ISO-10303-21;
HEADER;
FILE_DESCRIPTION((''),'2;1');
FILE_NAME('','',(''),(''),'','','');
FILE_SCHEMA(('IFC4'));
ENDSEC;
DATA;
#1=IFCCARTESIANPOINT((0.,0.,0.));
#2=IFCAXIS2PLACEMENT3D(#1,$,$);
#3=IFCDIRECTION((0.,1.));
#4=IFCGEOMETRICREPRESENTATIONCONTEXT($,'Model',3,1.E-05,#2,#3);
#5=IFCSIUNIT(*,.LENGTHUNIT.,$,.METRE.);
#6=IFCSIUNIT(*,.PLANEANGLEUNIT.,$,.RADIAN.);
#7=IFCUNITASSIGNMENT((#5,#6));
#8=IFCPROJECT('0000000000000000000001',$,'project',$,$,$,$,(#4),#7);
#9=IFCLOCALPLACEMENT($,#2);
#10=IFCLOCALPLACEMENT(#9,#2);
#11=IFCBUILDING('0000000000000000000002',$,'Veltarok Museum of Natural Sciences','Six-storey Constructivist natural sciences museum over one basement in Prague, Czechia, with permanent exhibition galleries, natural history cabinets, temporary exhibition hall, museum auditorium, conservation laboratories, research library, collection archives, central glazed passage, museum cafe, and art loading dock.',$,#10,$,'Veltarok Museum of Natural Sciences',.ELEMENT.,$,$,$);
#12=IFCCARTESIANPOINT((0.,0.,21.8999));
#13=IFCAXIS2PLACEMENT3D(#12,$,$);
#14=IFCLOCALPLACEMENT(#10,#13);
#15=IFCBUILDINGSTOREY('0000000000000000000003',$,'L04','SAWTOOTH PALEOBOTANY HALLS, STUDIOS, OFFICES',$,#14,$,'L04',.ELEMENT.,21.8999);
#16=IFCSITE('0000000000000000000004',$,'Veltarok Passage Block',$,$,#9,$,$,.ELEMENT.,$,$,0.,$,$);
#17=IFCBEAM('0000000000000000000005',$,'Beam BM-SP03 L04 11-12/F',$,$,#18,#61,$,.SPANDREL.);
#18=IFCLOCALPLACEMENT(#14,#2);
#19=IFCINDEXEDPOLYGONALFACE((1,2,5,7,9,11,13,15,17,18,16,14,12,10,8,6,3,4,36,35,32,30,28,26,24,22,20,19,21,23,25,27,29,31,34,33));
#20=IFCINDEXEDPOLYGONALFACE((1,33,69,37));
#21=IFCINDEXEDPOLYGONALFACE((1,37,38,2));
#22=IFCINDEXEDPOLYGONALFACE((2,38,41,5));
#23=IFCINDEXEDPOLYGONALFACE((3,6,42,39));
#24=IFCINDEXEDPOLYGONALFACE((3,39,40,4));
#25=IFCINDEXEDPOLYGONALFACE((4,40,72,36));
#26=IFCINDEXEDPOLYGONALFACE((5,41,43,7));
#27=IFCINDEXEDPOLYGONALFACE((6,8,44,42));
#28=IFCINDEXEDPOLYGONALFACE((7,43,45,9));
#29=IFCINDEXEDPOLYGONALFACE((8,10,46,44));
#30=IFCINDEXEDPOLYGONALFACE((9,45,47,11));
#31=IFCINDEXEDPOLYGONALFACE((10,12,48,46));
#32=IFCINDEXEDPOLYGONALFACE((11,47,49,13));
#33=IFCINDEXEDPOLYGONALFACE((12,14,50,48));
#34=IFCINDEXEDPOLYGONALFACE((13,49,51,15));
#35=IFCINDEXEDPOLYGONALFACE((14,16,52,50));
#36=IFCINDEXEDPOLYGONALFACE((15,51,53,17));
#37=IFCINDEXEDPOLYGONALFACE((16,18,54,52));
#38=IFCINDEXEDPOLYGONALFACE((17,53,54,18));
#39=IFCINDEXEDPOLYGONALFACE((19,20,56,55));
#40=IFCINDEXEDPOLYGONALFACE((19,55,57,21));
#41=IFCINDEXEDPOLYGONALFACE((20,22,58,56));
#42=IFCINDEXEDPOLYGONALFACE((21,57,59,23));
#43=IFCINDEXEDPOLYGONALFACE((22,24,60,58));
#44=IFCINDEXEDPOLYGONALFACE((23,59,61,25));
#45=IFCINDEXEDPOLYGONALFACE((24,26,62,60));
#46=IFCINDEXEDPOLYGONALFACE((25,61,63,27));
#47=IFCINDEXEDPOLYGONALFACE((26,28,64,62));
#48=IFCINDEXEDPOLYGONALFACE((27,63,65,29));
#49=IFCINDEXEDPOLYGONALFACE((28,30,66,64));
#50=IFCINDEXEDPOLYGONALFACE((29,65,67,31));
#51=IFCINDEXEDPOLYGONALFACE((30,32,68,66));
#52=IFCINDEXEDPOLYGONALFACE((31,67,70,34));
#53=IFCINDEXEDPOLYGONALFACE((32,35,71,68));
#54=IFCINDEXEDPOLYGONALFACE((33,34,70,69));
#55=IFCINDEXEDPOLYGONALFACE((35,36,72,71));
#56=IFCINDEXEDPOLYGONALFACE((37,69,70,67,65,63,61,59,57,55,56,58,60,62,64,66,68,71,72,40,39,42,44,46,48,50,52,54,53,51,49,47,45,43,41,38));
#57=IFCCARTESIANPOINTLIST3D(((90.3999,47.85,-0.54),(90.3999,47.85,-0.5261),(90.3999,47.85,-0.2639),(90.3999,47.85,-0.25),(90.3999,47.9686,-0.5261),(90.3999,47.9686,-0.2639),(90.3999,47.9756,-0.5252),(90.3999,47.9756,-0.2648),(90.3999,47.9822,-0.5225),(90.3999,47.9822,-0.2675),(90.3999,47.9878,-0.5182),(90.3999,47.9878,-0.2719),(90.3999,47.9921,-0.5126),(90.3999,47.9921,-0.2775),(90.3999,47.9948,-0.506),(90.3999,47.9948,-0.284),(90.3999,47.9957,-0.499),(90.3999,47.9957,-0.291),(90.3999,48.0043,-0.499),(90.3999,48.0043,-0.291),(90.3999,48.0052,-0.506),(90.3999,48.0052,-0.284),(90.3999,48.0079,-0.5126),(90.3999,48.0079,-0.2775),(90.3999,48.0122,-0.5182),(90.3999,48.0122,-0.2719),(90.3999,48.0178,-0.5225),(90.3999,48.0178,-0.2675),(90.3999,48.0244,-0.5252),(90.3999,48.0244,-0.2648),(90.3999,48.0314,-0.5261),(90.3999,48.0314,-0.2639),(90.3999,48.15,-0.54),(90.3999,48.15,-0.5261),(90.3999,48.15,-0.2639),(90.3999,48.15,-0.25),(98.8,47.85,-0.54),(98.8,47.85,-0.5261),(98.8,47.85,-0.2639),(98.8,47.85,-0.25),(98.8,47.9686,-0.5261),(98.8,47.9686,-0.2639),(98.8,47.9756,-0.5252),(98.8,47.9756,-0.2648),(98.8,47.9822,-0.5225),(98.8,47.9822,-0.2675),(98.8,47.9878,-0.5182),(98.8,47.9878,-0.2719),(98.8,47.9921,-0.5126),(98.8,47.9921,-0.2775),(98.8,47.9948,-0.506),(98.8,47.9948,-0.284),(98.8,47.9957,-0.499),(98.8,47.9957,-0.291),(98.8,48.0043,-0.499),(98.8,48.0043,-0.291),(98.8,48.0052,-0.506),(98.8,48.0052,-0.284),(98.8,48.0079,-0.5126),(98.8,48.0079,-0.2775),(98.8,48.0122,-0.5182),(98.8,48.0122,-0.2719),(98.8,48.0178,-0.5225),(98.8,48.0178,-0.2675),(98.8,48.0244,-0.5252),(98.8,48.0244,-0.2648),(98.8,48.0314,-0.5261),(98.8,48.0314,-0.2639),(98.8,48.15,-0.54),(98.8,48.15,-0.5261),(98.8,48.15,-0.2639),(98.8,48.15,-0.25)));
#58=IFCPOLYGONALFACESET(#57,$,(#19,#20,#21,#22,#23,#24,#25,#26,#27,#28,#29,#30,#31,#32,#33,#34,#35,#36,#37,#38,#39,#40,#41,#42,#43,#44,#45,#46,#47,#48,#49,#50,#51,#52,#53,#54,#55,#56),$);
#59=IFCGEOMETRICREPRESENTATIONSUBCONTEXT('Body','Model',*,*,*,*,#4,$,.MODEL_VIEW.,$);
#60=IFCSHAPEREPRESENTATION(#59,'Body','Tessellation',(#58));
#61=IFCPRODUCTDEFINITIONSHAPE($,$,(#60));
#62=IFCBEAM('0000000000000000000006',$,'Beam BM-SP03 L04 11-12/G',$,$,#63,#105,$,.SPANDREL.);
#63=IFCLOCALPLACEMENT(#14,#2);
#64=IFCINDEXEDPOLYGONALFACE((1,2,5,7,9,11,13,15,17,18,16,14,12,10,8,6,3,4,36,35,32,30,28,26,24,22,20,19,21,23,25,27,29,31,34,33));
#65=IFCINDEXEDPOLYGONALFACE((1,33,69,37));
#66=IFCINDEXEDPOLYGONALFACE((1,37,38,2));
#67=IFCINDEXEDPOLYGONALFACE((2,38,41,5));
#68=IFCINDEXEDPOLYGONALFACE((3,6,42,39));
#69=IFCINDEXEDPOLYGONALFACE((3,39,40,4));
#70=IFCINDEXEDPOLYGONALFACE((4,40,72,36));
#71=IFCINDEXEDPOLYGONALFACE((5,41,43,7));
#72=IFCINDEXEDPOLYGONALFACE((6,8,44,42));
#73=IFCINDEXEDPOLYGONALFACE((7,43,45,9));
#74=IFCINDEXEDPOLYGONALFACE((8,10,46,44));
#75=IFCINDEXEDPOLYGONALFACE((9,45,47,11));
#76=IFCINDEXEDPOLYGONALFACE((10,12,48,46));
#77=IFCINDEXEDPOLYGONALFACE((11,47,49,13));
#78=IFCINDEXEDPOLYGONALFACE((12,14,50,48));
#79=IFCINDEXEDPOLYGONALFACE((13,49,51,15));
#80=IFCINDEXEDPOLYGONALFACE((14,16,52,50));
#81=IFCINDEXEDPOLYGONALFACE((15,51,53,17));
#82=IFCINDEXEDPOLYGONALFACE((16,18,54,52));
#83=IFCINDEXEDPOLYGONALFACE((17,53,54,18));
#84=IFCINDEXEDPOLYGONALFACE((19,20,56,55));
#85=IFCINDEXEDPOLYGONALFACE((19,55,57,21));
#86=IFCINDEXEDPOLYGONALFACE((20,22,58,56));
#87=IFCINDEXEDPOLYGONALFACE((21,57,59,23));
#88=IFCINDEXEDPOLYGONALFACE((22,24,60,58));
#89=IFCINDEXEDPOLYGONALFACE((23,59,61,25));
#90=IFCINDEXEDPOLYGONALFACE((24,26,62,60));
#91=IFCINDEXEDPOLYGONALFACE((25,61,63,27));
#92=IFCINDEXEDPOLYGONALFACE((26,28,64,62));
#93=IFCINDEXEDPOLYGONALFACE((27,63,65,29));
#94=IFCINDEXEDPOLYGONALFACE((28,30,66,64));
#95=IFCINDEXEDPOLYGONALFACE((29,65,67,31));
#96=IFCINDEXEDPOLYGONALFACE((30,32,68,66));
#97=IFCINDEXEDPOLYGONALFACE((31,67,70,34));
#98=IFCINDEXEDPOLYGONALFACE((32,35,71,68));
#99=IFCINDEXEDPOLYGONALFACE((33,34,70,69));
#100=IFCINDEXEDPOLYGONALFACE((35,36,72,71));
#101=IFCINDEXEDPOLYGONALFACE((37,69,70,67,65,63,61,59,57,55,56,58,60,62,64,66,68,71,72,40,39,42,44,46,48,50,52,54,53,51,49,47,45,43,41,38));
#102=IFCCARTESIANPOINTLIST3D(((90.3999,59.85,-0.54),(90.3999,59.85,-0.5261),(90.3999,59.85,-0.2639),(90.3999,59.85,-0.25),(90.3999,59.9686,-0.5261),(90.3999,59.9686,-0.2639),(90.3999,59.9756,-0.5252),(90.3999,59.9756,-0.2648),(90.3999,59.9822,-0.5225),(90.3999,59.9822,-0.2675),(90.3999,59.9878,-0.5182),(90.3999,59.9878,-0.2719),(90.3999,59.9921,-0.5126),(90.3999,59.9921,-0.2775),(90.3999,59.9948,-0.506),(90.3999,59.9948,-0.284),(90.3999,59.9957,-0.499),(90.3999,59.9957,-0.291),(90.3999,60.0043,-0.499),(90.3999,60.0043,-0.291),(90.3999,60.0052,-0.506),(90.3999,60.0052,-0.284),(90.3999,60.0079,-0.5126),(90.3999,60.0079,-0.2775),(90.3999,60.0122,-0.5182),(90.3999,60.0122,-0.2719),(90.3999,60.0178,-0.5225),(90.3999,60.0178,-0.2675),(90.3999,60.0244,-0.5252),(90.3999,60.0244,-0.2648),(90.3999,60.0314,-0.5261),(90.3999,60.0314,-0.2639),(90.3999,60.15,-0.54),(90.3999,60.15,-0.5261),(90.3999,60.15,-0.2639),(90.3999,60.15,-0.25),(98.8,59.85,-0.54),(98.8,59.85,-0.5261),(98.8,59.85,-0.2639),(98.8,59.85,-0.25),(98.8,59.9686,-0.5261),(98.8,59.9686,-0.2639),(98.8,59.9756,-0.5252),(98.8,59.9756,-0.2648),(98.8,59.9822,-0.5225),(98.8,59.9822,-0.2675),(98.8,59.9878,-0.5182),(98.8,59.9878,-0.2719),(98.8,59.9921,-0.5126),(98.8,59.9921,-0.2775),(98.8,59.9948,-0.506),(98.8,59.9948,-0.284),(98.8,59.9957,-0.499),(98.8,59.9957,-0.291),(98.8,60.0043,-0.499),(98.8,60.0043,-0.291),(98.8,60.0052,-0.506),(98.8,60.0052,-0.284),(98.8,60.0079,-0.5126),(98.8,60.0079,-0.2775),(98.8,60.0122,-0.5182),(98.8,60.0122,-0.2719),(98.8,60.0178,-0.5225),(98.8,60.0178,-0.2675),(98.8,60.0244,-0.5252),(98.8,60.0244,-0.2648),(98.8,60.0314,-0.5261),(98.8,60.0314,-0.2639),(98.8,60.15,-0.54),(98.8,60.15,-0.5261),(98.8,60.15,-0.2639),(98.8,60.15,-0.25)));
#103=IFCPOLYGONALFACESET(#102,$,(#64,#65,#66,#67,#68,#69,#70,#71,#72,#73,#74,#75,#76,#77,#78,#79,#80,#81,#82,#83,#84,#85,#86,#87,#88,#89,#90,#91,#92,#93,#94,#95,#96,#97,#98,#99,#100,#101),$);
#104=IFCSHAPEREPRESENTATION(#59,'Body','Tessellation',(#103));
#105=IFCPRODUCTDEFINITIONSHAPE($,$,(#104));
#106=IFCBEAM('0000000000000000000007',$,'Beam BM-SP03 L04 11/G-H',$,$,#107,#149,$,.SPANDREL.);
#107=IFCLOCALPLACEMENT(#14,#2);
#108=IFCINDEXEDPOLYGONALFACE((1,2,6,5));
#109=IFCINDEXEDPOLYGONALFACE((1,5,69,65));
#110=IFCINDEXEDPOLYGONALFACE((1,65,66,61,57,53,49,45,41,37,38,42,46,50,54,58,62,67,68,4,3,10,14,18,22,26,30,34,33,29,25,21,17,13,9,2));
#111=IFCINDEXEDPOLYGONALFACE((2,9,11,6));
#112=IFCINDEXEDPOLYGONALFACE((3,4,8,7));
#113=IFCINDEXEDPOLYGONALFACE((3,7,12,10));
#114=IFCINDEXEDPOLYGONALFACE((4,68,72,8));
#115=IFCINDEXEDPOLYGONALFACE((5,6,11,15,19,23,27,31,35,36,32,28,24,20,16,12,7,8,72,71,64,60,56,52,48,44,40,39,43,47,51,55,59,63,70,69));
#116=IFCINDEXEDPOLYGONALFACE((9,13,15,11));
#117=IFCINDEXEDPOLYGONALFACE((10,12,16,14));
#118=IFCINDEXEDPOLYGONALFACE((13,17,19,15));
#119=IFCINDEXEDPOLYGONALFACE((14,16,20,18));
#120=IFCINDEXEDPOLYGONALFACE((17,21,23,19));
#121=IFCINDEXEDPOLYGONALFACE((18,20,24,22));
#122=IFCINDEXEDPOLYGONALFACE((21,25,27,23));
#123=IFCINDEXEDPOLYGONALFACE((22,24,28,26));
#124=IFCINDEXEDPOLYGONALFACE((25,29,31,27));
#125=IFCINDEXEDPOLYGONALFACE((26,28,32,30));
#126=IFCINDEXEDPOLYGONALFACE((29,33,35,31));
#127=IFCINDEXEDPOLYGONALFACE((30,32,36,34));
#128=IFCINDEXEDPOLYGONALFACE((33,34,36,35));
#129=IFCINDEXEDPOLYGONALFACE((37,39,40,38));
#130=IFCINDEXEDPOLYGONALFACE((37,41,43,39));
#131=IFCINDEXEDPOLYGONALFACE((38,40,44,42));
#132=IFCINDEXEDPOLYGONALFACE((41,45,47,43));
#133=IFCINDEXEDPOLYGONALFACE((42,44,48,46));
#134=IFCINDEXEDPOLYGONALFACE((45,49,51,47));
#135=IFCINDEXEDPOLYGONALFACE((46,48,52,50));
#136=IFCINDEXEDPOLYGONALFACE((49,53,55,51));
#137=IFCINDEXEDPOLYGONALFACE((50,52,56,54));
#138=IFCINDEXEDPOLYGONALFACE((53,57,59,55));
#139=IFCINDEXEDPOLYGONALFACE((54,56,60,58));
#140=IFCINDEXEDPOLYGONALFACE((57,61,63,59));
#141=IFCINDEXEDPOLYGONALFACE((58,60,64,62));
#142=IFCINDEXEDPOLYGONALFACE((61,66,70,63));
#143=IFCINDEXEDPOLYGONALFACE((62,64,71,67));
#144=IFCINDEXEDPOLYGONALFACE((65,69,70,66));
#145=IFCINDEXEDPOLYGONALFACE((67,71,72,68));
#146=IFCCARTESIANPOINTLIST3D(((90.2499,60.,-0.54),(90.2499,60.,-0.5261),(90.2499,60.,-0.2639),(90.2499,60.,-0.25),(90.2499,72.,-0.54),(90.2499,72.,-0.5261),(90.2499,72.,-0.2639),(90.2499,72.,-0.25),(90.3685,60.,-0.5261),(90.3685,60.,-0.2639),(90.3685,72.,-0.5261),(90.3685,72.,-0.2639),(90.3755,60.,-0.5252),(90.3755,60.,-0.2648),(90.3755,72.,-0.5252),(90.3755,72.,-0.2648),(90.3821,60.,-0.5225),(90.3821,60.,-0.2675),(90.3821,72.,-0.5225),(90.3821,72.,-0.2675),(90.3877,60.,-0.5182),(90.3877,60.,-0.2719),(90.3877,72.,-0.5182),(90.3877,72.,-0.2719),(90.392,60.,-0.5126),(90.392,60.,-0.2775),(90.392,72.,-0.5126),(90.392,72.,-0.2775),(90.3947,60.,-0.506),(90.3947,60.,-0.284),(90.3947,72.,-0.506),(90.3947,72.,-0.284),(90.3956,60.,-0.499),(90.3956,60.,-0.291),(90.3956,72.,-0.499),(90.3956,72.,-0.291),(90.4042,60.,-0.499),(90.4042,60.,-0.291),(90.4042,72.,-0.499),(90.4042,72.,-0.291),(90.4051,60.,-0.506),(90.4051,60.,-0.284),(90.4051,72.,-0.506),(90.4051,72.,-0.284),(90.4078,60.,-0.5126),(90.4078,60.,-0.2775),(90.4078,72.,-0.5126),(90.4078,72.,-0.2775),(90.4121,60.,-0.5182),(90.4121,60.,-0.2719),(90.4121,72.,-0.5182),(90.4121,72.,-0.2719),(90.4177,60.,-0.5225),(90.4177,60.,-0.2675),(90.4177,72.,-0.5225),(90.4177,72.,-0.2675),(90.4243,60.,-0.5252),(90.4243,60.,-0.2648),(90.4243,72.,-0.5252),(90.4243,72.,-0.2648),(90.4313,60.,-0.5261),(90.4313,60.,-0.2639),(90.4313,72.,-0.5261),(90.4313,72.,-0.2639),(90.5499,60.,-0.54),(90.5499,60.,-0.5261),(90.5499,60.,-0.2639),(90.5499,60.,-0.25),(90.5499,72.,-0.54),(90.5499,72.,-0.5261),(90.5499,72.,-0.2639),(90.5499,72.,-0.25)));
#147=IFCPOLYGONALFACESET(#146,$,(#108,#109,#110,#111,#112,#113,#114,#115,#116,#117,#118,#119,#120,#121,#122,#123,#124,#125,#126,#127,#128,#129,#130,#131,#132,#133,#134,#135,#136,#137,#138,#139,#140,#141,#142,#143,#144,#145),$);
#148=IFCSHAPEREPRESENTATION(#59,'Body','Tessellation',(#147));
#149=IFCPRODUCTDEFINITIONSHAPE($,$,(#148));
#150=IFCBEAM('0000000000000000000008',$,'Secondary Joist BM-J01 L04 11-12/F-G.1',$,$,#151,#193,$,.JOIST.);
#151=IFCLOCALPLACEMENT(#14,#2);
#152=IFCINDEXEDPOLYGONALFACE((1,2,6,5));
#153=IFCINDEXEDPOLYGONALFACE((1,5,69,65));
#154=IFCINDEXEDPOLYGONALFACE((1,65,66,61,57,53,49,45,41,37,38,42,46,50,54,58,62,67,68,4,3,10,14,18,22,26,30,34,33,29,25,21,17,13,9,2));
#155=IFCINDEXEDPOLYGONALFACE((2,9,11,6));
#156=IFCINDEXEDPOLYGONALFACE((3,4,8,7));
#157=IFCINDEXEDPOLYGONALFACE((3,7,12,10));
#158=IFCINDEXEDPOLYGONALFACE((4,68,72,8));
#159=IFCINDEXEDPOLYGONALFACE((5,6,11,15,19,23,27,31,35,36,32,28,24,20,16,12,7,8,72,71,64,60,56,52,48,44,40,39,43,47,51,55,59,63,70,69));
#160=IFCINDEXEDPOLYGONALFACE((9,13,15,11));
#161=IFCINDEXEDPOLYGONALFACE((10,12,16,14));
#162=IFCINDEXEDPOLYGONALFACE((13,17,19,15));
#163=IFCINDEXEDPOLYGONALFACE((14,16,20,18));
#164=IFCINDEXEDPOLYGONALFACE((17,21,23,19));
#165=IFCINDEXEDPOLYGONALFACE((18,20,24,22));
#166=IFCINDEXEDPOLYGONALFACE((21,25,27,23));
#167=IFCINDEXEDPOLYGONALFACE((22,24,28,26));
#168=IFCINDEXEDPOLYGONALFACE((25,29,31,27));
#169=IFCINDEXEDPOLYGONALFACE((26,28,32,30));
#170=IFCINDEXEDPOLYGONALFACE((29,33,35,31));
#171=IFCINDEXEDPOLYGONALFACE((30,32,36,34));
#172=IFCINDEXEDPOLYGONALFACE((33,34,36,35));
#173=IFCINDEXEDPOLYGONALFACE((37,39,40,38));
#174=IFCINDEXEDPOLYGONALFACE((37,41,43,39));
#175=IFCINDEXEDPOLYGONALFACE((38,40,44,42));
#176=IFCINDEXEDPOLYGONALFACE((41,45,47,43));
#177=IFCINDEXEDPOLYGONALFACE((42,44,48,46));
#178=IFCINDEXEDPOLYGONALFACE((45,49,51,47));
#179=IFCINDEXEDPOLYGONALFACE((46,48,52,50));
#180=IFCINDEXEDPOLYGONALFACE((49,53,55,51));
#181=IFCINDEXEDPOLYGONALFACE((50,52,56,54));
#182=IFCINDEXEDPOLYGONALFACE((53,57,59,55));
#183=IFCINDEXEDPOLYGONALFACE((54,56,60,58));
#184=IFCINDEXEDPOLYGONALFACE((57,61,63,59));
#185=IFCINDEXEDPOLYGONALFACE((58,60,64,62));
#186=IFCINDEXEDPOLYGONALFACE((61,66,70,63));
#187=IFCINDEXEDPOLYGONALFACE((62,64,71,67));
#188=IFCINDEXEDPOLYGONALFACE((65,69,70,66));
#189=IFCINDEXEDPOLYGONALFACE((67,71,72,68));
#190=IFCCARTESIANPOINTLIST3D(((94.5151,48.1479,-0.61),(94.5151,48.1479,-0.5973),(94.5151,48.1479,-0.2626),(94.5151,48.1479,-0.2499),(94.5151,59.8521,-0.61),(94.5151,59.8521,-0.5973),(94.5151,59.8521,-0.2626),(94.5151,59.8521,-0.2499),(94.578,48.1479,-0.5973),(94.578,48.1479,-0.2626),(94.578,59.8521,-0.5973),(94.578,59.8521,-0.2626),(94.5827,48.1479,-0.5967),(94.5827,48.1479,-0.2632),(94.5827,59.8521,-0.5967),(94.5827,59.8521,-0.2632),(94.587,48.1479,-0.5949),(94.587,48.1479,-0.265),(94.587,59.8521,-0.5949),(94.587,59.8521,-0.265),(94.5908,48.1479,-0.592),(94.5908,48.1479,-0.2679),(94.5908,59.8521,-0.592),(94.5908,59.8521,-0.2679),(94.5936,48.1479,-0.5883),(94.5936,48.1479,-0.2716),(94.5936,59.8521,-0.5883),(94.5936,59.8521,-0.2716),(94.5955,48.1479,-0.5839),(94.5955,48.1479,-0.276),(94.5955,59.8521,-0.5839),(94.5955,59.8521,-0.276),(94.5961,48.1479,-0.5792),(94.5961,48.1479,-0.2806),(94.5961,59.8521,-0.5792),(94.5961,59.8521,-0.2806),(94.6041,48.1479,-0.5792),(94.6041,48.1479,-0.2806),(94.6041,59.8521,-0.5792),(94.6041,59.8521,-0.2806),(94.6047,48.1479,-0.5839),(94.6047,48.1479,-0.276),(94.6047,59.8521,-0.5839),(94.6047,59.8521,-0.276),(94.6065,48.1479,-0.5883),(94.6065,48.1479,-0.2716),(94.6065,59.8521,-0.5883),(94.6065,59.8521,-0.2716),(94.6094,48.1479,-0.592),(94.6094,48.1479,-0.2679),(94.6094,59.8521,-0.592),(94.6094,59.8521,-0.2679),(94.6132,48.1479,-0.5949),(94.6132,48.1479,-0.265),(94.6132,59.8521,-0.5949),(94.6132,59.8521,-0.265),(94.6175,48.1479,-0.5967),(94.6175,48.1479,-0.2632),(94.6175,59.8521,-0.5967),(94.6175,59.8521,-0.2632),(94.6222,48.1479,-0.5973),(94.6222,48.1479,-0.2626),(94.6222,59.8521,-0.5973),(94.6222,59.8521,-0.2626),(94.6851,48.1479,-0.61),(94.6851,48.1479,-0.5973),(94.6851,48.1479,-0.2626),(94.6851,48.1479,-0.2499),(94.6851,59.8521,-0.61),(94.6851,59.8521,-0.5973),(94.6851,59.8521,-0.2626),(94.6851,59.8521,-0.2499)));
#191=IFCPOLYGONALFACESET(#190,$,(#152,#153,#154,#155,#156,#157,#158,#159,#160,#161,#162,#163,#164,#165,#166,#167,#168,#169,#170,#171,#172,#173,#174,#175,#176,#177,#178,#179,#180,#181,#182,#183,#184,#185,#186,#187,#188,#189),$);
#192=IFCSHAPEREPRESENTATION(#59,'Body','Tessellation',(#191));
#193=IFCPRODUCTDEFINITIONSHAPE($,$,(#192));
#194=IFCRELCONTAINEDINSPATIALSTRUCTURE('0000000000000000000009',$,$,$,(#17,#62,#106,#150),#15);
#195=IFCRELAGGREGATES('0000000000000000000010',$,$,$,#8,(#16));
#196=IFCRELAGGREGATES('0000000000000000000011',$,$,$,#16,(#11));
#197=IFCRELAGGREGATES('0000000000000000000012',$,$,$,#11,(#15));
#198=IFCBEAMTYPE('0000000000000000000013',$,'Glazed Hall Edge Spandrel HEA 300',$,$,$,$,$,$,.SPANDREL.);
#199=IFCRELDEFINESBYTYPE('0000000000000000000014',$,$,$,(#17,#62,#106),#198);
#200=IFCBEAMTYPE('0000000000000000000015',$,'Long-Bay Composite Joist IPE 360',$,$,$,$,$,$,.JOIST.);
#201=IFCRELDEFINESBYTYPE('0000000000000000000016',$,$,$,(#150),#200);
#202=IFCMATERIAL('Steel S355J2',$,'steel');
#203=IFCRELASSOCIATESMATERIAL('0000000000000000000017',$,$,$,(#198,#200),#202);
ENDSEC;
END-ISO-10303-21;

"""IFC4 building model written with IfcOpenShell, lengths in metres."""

from ifc_helpers import new_model, si_unit, direction, frame, origin, origin_2d, place, context, subcontext, project, spatial, i_section, extrude, material, material_profile, profile_set, type_object, element, save


model = new_model("IFC4")

# Units and contexts
model_context = context("Model", 3, precision=1e-05, world=origin(), true_north=direction((0.0, 1.0)))
body_context = subcontext(model_context, "Body", "Model", "MODEL_VIEW")
ifc_project = project(units=[si_unit("LENGTHUNIT", "METRE"), si_unit("PLANEANGLEUNIT", "RADIAN")], contexts=[model_context])

# Site, building, storey
site_placement = place(None, origin())
site = spatial("IfcSite", under=ifc_project, at=site_placement, Name="Veltarok Passage Block", CompositionType="ELEMENT", RefElevation=0.0)
building_placement = place(site_placement, origin())
building = spatial("IfcBuilding", under=site, at=building_placement, Name="Veltarok Museum of Natural Sciences", Description="Six-storey Constructivist natural sciences museum over one basement in Prague, Czechia, with permanent exhibition galleries, natural history cabinets, temporary exhibition hall, museum auditorium, conservation laboratories, research library, collection archives, central glazed passage, museum cafe, and art loading dock.", LongName="Veltarok Museum of Natural Sciences", CompositionType="ELEMENT")
storey_placement = place(building_placement, frame((0.0, 0.0, 21.8999)))
storey = spatial("IfcBuildingStorey", under=building, at=storey_placement, Name="L04", Description="SAWTOOTH PALEOBOTANY HALLS, STUDIOS, OFFICES", LongName="L04", CompositionType="ELEMENT", Elevation=21.8999)

# Shared definitions
ifc_material_1 = material(Name="Steel S355J2", Category="steel")

# Beams
ifc_material_profile_1 = material_profile(ifc_material_1, i_section(OverallWidth=0.3, OverallDepth=0.29, WebThickness=0.0085, FlangeThickness=0.0139, FilletRadius=0.0271, at=origin_2d()), Name="HEA 300")
ifc_profile_set_1 = profile_set([ifc_material_profile_1], Name="Steel S355J2")
beam_type_1 = type_object("IfcBeamType", Name="Glazed Hall Edge Spandrel HEA 300", PredefinedType="SPANDREL", material=ifc_profile_set_1)
for number, where, z_axis, x_axis, name in (
    (1, (90.3999, 48.0, -0.395), (1.0, 0.0, 0.0), (0.0, 1.0, 0.0), "Beam BM-SP03 L04 11-12/F"),
    (2, (90.3999, 60.0, -0.395), (1.0, 0.0, 0.0), (0.0, 1.0, 0.0), "Beam BM-SP03 L04 11-12/G"),
):
    element("IfcBeam", number, at=place(storey_placement, frame(where, z_axis=z_axis, x_axis=x_axis)), inside=storey, type_object=beam_type_1, Name=name, PredefinedType="SPANDREL", context=body_context, shape_type="SweptSolid", body=[
        extrude(i_section(OverallWidth=0.3, OverallDepth=0.29, WebThickness=0.0085, FlangeThickness=0.0139, FilletRadius=0.0271, at=origin_2d()), origin(), (0.0, 0.0, 1.0), 8.4001),
    ])
beam_1_placement = place(storey_placement, frame((90.3999, 60.0, -0.395), z_axis=(0.0, 1.0, 0.0), x_axis=(-1.0, 0.0, 0.0)))
element("IfcBeam", 3, at=beam_1_placement, inside=storey, type_object=beam_type_1, Name="Beam BM-SP03 L04 11/G-H", PredefinedType="SPANDREL", context=body_context, shape_type="SweptSolid", body=[
    extrude(i_section(OverallWidth=0.3, OverallDepth=0.29, WebThickness=0.0085, FlangeThickness=0.0139, FilletRadius=0.0271, at=origin_2d()), origin(), (0.0, 0.0, 1.0), 12.0),
])
ifc_material_profile_2 = material_profile(ifc_material_1, i_section(OverallWidth=0.1699, OverallDepth=0.3601, WebThickness=0.0081, FlangeThickness=0.0127, FilletRadius=0.0181, at=origin_2d()), Name="IPE 360")
ifc_profile_set_2 = profile_set([ifc_material_profile_2], Name="Steel S355J2")
beam_type_2 = type_object("IfcBeamType", Name="Long-Bay Composite Joist IPE 360", PredefinedType="JOIST", material=ifc_profile_set_2)
beam_2_placement = place(storey_placement, frame((94.6001, 48.1479, -0.4299), z_axis=(0.0, 1.0, 0.0), x_axis=(-1.0, 0.0, 0.0)))
element("IfcBeam", 4, at=beam_2_placement, inside=storey, type_object=beam_type_2, Name="Secondary Joist BM-J01 L04 11-12/F-G.1", PredefinedType="JOIST", context=body_context, shape_type="SweptSolid", body=[
    extrude(i_section(OverallWidth=0.1699, OverallDepth=0.3601, WebThickness=0.0081, FlangeThickness=0.0127, FilletRadius=0.0181, at=origin_2d()), origin(), (0.0, 0.0, 1.0), 11.7041),
])

save(model, "model.ifc")
